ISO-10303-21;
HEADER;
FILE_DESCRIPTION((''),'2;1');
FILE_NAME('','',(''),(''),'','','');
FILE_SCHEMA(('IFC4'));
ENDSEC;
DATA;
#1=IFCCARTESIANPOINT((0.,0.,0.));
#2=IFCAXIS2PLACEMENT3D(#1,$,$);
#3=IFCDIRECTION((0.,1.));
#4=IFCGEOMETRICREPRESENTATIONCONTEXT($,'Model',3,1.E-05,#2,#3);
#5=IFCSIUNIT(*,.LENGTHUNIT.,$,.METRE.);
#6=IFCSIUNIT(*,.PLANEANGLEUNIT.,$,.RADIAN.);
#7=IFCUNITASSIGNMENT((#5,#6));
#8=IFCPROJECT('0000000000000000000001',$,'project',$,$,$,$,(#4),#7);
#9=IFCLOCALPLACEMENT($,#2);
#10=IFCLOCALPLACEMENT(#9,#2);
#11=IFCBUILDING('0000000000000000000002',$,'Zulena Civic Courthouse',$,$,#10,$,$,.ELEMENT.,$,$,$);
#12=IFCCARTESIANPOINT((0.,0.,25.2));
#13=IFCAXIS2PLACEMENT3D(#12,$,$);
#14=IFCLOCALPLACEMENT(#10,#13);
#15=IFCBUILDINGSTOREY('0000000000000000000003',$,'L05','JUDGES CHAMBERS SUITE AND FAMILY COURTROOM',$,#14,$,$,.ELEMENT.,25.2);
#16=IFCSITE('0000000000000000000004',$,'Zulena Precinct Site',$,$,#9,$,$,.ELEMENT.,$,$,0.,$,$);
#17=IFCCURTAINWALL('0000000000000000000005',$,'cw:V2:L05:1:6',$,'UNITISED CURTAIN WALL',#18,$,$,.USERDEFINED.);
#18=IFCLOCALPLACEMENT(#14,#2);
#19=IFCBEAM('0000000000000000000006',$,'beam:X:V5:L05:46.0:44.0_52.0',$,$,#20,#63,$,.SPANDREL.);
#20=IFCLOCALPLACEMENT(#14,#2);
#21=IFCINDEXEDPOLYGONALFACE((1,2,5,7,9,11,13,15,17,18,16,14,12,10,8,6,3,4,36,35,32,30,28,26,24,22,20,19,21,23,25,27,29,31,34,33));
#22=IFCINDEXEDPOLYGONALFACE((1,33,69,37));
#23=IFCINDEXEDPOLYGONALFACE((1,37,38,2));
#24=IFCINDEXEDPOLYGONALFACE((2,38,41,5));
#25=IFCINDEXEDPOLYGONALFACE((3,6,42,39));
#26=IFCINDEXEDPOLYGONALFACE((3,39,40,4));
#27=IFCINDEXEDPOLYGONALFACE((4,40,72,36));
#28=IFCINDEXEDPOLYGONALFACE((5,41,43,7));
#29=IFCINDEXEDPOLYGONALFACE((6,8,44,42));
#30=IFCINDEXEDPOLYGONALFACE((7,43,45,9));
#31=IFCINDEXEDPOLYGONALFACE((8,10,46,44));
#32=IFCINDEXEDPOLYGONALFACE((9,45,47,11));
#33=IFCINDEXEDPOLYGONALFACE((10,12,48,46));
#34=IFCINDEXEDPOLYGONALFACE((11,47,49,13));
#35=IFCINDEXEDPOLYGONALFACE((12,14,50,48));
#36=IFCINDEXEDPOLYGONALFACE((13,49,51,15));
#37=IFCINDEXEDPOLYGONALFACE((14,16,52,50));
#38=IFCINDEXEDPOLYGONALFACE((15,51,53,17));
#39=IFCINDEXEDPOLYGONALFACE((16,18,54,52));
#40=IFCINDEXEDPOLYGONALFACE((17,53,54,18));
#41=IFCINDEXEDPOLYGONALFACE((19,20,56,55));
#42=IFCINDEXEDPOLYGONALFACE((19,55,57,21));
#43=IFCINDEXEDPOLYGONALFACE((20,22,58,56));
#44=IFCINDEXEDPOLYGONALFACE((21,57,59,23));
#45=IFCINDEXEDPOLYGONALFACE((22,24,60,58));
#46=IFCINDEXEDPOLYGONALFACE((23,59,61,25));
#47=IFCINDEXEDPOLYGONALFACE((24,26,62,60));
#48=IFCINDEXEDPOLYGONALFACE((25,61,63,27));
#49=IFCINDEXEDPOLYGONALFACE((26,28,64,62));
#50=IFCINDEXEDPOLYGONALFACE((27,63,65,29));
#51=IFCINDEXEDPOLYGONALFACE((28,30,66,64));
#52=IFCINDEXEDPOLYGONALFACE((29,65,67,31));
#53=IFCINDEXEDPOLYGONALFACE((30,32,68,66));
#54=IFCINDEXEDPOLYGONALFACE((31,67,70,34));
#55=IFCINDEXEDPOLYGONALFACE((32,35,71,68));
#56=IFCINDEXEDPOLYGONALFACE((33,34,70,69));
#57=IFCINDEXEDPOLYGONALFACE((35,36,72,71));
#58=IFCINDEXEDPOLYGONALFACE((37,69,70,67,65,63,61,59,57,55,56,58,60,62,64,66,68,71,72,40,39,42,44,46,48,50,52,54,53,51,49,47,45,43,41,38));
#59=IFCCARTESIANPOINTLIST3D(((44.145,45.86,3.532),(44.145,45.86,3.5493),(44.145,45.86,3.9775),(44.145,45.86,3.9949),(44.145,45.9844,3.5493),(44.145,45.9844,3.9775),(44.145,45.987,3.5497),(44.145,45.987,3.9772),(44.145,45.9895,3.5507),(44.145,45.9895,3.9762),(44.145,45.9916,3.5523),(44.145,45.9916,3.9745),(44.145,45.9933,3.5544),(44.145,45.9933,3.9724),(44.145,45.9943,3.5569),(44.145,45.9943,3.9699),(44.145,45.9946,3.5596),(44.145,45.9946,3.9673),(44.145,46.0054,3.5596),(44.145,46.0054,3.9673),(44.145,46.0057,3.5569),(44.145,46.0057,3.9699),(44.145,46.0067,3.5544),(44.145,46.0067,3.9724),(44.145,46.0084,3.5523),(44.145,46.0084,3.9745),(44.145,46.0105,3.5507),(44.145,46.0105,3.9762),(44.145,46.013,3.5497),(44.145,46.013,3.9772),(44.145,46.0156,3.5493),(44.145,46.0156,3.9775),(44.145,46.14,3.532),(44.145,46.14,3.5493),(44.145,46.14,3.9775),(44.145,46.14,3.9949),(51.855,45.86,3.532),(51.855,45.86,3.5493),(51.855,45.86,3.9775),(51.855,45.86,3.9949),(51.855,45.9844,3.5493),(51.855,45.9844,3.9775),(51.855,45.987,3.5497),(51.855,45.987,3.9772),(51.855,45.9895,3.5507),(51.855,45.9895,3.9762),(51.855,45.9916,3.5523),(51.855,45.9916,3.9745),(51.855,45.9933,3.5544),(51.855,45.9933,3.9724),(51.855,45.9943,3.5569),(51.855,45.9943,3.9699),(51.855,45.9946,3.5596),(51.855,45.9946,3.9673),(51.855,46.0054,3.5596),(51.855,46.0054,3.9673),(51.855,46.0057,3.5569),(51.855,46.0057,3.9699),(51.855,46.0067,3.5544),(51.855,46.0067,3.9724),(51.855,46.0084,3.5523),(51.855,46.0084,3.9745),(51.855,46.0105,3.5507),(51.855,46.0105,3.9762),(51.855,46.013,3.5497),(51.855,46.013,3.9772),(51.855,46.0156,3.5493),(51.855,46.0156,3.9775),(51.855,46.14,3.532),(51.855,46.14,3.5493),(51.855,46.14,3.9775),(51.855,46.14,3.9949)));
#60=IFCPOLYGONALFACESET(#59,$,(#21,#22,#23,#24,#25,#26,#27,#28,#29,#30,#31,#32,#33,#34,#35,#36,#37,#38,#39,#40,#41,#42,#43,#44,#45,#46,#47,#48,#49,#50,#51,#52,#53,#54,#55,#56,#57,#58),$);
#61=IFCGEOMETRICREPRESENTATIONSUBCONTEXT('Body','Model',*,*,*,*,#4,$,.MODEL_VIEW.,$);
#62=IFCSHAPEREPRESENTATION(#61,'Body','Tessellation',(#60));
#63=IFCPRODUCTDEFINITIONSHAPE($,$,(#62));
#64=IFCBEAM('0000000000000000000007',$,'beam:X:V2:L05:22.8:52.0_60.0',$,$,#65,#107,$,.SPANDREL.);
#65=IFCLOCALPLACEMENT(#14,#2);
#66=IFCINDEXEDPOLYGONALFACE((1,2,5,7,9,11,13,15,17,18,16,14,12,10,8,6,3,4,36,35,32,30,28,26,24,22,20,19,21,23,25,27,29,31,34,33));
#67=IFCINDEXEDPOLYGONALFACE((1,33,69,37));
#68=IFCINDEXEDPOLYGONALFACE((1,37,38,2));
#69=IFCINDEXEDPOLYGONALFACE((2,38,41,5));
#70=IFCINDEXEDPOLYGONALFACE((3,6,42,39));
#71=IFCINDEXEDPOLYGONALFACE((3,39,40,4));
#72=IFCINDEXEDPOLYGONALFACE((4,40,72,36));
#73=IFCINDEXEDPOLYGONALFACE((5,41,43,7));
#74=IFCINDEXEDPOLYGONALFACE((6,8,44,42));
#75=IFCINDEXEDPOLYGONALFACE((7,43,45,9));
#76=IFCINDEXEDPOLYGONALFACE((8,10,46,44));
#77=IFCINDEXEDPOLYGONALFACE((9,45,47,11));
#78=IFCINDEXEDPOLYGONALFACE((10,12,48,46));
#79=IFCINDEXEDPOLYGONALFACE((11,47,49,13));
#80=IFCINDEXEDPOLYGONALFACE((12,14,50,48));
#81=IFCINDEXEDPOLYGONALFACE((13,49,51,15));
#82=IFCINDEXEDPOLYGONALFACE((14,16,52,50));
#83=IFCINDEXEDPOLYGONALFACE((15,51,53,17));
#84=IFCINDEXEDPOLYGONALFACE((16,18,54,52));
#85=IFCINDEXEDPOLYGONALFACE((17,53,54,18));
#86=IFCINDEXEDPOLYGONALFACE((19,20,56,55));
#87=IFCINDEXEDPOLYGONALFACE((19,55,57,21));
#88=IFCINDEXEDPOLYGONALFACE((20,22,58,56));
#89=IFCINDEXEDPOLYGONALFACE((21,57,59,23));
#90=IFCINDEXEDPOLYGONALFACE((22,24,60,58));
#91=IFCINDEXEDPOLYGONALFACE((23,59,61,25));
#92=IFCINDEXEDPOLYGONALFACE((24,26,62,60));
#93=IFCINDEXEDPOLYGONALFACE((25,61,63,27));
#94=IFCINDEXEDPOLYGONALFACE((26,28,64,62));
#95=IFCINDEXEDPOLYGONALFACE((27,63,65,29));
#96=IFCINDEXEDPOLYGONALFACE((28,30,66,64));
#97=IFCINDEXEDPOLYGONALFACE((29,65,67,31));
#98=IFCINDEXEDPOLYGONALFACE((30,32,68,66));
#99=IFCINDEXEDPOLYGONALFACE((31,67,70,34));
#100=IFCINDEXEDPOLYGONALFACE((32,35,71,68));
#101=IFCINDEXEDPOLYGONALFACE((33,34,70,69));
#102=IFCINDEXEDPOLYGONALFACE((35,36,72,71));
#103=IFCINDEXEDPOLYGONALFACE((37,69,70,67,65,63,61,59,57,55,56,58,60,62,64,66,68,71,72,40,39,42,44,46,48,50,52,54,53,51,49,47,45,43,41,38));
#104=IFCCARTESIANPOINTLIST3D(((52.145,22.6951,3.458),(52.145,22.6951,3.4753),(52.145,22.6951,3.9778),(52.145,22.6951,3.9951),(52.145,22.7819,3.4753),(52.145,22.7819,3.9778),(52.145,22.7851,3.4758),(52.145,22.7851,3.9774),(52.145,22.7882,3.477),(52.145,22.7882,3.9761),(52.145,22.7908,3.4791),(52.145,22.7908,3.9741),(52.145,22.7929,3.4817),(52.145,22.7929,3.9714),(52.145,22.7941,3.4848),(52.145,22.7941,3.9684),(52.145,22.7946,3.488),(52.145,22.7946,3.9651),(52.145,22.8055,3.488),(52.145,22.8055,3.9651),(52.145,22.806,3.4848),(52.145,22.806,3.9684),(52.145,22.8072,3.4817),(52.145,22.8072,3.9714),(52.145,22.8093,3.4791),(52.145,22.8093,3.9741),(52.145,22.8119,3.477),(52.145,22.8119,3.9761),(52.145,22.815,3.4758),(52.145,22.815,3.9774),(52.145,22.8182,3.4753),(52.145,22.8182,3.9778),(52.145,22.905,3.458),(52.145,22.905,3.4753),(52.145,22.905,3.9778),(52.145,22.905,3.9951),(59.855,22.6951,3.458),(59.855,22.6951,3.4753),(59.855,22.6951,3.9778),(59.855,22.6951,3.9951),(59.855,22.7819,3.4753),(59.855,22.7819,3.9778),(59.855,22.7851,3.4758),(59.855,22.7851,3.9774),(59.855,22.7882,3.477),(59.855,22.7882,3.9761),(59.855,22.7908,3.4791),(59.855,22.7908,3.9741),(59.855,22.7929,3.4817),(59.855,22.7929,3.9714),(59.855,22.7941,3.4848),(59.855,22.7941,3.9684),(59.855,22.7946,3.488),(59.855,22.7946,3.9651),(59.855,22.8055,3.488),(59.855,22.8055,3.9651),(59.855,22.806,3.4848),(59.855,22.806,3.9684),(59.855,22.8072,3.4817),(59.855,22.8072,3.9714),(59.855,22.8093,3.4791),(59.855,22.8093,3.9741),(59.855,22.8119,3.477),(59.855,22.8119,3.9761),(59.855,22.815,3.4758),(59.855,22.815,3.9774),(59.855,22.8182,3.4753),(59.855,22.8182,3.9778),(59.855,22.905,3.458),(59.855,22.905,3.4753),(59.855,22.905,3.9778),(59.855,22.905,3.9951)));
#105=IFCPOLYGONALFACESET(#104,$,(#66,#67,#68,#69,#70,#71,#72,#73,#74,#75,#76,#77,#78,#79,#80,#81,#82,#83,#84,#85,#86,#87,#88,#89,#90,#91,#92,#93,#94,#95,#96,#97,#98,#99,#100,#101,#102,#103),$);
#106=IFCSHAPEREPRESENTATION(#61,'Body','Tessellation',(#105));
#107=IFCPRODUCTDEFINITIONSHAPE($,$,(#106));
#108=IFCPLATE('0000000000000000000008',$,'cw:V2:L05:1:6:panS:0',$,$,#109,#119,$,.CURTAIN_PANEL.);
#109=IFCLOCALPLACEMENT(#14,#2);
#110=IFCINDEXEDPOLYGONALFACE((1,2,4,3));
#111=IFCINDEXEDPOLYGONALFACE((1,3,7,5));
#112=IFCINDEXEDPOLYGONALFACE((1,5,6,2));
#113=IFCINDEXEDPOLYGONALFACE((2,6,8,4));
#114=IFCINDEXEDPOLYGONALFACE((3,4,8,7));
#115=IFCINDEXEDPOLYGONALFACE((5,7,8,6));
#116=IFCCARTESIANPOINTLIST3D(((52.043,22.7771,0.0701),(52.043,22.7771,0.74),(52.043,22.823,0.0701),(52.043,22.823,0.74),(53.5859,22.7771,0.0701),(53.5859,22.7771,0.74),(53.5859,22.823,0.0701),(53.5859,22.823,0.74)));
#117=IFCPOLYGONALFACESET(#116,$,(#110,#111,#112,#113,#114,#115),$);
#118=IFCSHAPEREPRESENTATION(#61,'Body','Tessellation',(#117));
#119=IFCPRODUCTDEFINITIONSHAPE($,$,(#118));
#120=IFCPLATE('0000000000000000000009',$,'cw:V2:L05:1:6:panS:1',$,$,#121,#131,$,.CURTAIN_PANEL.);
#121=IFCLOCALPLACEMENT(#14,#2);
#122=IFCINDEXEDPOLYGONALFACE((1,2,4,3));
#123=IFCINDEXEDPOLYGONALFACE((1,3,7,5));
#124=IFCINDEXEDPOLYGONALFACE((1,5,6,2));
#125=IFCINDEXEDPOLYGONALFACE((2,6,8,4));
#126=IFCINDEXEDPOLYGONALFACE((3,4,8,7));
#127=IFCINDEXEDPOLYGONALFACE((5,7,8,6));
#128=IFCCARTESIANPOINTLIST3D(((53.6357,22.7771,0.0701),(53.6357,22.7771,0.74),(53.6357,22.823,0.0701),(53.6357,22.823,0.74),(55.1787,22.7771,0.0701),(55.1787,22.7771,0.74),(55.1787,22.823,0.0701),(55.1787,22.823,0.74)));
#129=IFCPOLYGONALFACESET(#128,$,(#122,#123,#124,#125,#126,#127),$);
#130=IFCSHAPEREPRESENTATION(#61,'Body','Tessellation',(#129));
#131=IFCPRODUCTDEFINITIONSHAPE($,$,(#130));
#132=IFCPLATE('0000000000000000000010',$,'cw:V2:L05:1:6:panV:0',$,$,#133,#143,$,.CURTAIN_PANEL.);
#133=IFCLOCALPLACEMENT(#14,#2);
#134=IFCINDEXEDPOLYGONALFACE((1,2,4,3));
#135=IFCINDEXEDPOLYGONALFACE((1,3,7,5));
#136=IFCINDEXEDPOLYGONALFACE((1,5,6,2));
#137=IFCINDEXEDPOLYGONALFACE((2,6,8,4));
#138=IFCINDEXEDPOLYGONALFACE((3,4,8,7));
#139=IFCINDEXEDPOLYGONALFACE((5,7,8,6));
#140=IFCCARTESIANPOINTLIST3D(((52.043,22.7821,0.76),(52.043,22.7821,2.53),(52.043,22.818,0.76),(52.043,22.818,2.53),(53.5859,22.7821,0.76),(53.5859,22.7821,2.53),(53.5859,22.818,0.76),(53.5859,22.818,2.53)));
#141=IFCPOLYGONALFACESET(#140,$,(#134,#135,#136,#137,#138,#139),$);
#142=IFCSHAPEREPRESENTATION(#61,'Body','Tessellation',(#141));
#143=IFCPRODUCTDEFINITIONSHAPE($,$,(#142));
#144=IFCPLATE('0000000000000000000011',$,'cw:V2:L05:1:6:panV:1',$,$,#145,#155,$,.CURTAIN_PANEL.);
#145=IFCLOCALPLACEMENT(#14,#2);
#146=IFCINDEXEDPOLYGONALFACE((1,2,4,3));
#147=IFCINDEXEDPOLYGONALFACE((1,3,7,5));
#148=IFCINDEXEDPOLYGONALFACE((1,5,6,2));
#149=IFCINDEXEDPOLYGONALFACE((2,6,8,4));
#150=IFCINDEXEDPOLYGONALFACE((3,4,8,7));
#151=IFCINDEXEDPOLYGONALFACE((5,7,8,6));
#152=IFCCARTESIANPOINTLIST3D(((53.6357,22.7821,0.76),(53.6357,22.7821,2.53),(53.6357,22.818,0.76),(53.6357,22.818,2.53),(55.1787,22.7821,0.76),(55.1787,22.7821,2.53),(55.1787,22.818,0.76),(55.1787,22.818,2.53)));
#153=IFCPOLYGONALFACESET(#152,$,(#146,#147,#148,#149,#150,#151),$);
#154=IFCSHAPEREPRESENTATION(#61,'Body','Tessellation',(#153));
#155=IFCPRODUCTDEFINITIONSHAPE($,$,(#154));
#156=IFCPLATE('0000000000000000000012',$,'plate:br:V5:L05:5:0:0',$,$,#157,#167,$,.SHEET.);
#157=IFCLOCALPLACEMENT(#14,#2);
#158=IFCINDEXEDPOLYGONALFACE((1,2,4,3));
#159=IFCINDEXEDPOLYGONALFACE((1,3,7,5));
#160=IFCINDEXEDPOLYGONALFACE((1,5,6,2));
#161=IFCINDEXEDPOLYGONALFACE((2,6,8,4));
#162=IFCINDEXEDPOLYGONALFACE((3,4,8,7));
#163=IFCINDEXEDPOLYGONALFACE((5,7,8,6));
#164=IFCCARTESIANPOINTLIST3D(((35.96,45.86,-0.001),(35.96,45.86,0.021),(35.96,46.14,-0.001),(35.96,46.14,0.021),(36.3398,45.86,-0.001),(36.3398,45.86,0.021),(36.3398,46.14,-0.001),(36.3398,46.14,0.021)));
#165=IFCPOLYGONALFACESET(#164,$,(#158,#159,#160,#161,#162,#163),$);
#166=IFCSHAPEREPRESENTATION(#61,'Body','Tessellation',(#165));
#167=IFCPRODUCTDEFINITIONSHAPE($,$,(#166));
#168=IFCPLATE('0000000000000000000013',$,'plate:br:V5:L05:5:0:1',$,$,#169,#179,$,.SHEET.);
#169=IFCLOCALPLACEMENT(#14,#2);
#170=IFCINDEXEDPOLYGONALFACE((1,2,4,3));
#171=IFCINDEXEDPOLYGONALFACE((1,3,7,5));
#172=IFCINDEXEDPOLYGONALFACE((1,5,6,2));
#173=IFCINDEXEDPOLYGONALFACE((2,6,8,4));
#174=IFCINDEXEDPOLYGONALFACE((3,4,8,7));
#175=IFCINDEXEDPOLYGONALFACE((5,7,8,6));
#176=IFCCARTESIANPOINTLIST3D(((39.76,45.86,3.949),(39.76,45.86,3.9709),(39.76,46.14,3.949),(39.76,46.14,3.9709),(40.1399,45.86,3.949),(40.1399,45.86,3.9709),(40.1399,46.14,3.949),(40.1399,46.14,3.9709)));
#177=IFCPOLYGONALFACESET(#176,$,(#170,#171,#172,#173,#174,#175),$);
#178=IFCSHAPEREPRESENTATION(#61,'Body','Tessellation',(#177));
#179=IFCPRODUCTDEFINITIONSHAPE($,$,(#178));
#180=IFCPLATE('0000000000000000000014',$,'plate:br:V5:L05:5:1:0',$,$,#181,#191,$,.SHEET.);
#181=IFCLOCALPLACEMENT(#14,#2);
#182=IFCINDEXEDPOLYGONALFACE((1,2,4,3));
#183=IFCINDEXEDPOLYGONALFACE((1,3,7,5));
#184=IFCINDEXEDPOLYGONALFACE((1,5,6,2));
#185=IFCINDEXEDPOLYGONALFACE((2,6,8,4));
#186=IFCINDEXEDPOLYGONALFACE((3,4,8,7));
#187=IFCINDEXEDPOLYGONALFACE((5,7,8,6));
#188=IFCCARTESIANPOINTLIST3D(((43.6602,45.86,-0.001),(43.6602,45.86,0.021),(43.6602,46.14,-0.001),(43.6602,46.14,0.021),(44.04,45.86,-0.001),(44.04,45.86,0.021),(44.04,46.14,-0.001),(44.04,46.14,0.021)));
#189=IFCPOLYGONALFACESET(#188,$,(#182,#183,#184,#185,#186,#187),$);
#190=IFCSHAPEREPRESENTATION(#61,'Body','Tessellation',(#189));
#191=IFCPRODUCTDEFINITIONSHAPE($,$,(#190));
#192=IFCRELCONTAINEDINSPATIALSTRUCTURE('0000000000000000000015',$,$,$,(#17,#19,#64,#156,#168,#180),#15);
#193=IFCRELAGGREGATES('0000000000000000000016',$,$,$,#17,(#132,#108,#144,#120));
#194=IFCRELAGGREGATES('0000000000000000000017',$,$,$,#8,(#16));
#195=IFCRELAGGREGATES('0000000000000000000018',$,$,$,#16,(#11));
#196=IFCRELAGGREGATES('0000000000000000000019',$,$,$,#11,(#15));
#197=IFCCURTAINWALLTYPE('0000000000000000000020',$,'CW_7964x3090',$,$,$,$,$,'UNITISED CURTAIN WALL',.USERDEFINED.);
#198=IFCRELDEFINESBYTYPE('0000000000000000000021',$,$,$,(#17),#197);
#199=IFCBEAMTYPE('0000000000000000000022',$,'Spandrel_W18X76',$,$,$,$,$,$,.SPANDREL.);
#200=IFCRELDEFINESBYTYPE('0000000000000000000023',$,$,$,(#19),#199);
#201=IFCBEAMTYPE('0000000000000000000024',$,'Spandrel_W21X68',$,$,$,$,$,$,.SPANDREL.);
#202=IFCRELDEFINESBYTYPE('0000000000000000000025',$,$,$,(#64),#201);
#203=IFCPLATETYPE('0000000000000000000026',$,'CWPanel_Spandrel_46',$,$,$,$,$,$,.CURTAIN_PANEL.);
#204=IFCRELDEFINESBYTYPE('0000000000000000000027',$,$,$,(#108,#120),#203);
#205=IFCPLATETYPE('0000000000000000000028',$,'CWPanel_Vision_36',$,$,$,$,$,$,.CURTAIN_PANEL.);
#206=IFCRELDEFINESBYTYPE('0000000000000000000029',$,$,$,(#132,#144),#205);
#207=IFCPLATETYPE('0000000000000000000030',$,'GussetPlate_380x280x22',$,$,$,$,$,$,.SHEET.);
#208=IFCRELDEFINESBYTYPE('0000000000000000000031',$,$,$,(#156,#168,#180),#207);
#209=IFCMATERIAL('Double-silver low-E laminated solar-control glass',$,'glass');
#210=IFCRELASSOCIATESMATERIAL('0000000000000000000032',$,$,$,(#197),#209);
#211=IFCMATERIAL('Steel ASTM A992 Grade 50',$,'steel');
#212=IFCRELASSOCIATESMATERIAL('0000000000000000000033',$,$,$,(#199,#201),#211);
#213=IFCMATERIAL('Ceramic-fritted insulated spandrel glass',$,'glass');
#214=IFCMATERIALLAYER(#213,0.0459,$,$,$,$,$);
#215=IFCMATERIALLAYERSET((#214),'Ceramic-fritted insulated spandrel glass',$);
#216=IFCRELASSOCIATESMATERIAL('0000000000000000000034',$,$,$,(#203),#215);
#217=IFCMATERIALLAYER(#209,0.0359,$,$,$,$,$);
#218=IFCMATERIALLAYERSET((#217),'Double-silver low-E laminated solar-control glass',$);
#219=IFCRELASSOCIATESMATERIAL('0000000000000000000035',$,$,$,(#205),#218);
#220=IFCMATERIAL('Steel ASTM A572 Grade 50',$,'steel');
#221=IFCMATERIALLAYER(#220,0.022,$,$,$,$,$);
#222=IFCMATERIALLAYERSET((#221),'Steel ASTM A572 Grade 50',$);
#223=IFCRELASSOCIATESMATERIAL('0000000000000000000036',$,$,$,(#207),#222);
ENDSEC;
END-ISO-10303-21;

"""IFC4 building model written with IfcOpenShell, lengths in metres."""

from ifc_helpers import new_model, si_unit, direction, frame, origin, origin_2d, place, context, subcontext, project, spatial, rectangle, i_section, extrude, material, layer, layer_set, material_profile, profile_set, type_object, element, aggregate, save


model = new_model("IFC4")

# Units and contexts
model_context = context("Model", 3, precision=1e-05, world=origin(), true_north=direction((0.0, 1.0)))
body_context = subcontext(model_context, "Body", "Model", "MODEL_VIEW")
ifc_project = project(units=[si_unit("LENGTHUNIT", "METRE"), si_unit("PLANEANGLEUNIT", "RADIAN")], contexts=[model_context])

# Site, building, storey
site_placement = place(None, origin())
site = spatial("IfcSite", under=ifc_project, at=site_placement, Name="Zulena Precinct Site", CompositionType="ELEMENT", RefElevation=0.0)
building_placement = place(site_placement, origin())
building = spatial("IfcBuilding", under=site, at=building_placement, Name="Zulena Civic Courthouse", CompositionType="ELEMENT")
storey_placement = place(building_placement, frame((0.0, 0.0, 25.2)))
storey = spatial("IfcBuildingStorey", under=building, at=storey_placement, Name="L05", Description="JUDGES CHAMBERS SUITE AND FAMILY COURTROOM", CompositionType="ELEMENT", Elevation=25.2)

# Shared definitions
ifc_material_1 = material(Name="Steel ASTM A992 Grade 50", Category="steel")

# Curtain wall
ifc_material_2 = material(Name="Double-silver low-E laminated solar-control glass", Category="glass")
curtain_wall_type = type_object("IfcCurtainWallType", Name="CW_7964x3090", ElementType="UNITISED CURTAIN WALL", PredefinedType="USERDEFINED", material=ifc_material_2)
curtain_wall_1_placement = place(storey_placement, origin())
curtain_wall_1 = element("IfcCurtainWall", 1, at=curtain_wall_1_placement, inside=storey, type_object=curtain_wall_type, Name="cw:V2:L05:1:6", ObjectType="UNITISED CURTAIN WALL", PredefinedType="USERDEFINED")

# Beams
ifc_material_profile_1 = material_profile(ifc_material_1, i_section(OverallWidth=0.28, OverallDepth=0.4629, WebThickness=0.0107, FlangeThickness=0.0173, FilletRadius=0.0103, at=origin_2d()), Name="W18X76")
ifc_profile_set_1 = profile_set([ifc_material_profile_1], Name="Steel ASTM A992 Grade 50")
beam_type_1 = type_object("IfcBeamType", Name="Spandrel_W18X76", PredefinedType="SPANDREL", material=ifc_profile_set_1)
for number, where, z_axis, x_axis, name in (
    (2, (44.145, 46.0, 3.7634), (1.0, 0.0, 0.0), (0.0, 1.0, 0.0), "beam:X:V5:L05:46.0:44.0_52.0"),
):
    element("IfcBeam", number, at=place(storey_placement, frame(where, z_axis=z_axis, x_axis=x_axis)), inside=storey, type_object=beam_type_1, Name=name, PredefinedType="SPANDREL", context=body_context, shape_type="SweptSolid", body=[
        extrude(i_section(OverallWidth=0.28, OverallDepth=0.4629, WebThickness=0.0107, FlangeThickness=0.0173, FilletRadius=0.0103, at=origin_2d()), origin(), (0.0, 0.0, 1.0), 7.71),
    ])
ifc_material_profile_2 = material_profile(ifc_material_1, i_section(OverallWidth=0.21, OverallDepth=0.5371, WebThickness=0.011, FlangeThickness=0.0173, FilletRadius=0.0127, at=origin_2d()), Name="W21X68")
ifc_profile_set_2 = profile_set([ifc_material_profile_2], Name="Steel ASTM A992 Grade 50")
beam_type_2 = type_object("IfcBeamType", Name="Spandrel_W21X68", PredefinedType="SPANDREL", material=ifc_profile_set_2)
beam_placement = place(storey_placement, frame((52.145, 22.8, 3.7266), z_axis=(1.0, 0.0, 0.0), x_axis=(0.0, 1.0, 0.0)))
element("IfcBeam", 3, at=beam_placement, inside=storey, type_object=beam_type_2, Name="beam:X:V2:L05:22.8:52.0_60.0", PredefinedType="SPANDREL", context=body_context, shape_type="SweptSolid", body=[
    extrude(i_section(OverallWidth=0.21, OverallDepth=0.5371, WebThickness=0.011, FlangeThickness=0.0173, FilletRadius=0.0127, at=origin_2d()), origin(), (0.0, 0.0, 1.0), 7.71),
])

# Plates
ifc_material_3 = material(Name="Ceramic-fritted insulated spandrel glass", Category="glass")
ifc_layer_1 = layer(ifc_material_3, 0.0459)
ifc_layer_set_1 = layer_set([ifc_layer_1], Name="Ceramic-fritted insulated spandrel glass")
plate_type_1 = type_object("IfcPlateType", Name="CWPanel_Spandrel_46", PredefinedType="CURTAIN_PANEL", material=ifc_layer_set_1)
plate_1_placement = place(storey_placement, frame((52.8145, 22.8, 0.0701), z_axis=(0.0, 0.0, 1.0), x_axis=(1.0, 0.0, 0.0)))
plate_1 = element("IfcPlate", 4, at=plate_1_placement, type_object=plate_type_1, Name="cw:V2:L05:1:6:panS:0", PredefinedType="CURTAIN_PANEL", context=body_context, shape_type="SweptSolid", body=[
    extrude(rectangle(XDim=1.543, YDim=0.0459, at=origin_2d()), origin(), (0.0, 0.0, 1.0), 0.6699),
])
plate_2_placement = place(storey_placement, frame((54.4072, 22.8, 0.0701), z_axis=(0.0, 0.0, 1.0), x_axis=(1.0, 0.0, 0.0)))
plate_2 = element("IfcPlate", 5, at=plate_2_placement, type_object=plate_type_1, Name="cw:V2:L05:1:6:panS:1", PredefinedType="CURTAIN_PANEL", context=body_context, shape_type="SweptSolid", body=[
    extrude(rectangle(XDim=1.543, YDim=0.0459, at=origin_2d()), origin(), (0.0, 0.0, 1.0), 0.6699),
])
ifc_layer_2 = layer(ifc_material_2, 0.0359)
ifc_layer_set_2 = layer_set([ifc_layer_2], Name="Double-silver low-E laminated solar-control glass")
plate_type_2 = type_object("IfcPlateType", Name="CWPanel_Vision_36", PredefinedType="CURTAIN_PANEL", material=ifc_layer_set_2)
plate_3_placement = place(storey_placement, frame((52.8145, 22.8, 0.76), z_axis=(0.0, 0.0, 1.0), x_axis=(1.0, 0.0, 0.0)))
plate_3 = element("IfcPlate", 6, at=plate_3_placement, type_object=plate_type_2, Name="cw:V2:L05:1:6:panV:0", PredefinedType="CURTAIN_PANEL", context=body_context, shape_type="SweptSolid", body=[
    extrude(rectangle(XDim=1.543, YDim=0.0359, at=origin_2d()), origin(), (0.0, 0.0, 1.0), 1.77),
])
plate_4_placement = place(storey_placement, frame((54.4072, 22.8, 0.76), z_axis=(0.0, 0.0, 1.0), x_axis=(1.0, 0.0, 0.0)))
plate_4 = element("IfcPlate", 7, at=plate_4_placement, type_object=plate_type_2, Name="cw:V2:L05:1:6:panV:1", PredefinedType="CURTAIN_PANEL", context=body_context, shape_type="SweptSolid", body=[
    extrude(rectangle(XDim=1.543, YDim=0.0359, at=origin_2d()), origin(), (0.0, 0.0, 1.0), 1.77),
])
aggregate(curtain_wall_1, [plate_3, plate_1, plate_4, plate_2])

# Plates
ifc_material_4 = material(Name="Steel ASTM A572 Grade 50", Category="steel")
ifc_layer_3 = layer(ifc_material_4, 0.022)
ifc_layer_set_3 = layer_set([ifc_layer_3], Name="Steel ASTM A572 Grade 50")
plate_type_3 = type_object("IfcPlateType", Name="GussetPlate_380x280x22", PredefinedType="SHEET", material=ifc_layer_set_3)
for number, where, z_axis, x_axis, name in (
    (8, (36.1499, 46.0, -0.001), (0.0, 0.0, 1.0), (1.0, 0.0, 0.0), "plate:br:V5:L05:5:0:0"),
    (9, (39.95, 46.0, 3.949), (0.0, 0.0, 1.0), (1.0, 0.0, 0.0), "plate:br:V5:L05:5:0:1"),
    (10, (43.8501, 46.0, -0.001), (0.0, 0.0, 1.0), (1.0, 0.0, 0.0), "plate:br:V5:L05:5:1:0"),
):
    element("IfcPlate", number, at=place(storey_placement, frame(where, z_axis=z_axis, x_axis=x_axis)), inside=storey, type_object=plate_type_3, Name=name, PredefinedType="SHEET", context=body_context, shape_type="SweptSolid", body=[
        extrude(rectangle(XDim=0.3799, YDim=0.28, at=origin_2d()), origin(), (0.0, 0.0, 1.0), 0.022),
    ])

save(model, "model.ifc")
